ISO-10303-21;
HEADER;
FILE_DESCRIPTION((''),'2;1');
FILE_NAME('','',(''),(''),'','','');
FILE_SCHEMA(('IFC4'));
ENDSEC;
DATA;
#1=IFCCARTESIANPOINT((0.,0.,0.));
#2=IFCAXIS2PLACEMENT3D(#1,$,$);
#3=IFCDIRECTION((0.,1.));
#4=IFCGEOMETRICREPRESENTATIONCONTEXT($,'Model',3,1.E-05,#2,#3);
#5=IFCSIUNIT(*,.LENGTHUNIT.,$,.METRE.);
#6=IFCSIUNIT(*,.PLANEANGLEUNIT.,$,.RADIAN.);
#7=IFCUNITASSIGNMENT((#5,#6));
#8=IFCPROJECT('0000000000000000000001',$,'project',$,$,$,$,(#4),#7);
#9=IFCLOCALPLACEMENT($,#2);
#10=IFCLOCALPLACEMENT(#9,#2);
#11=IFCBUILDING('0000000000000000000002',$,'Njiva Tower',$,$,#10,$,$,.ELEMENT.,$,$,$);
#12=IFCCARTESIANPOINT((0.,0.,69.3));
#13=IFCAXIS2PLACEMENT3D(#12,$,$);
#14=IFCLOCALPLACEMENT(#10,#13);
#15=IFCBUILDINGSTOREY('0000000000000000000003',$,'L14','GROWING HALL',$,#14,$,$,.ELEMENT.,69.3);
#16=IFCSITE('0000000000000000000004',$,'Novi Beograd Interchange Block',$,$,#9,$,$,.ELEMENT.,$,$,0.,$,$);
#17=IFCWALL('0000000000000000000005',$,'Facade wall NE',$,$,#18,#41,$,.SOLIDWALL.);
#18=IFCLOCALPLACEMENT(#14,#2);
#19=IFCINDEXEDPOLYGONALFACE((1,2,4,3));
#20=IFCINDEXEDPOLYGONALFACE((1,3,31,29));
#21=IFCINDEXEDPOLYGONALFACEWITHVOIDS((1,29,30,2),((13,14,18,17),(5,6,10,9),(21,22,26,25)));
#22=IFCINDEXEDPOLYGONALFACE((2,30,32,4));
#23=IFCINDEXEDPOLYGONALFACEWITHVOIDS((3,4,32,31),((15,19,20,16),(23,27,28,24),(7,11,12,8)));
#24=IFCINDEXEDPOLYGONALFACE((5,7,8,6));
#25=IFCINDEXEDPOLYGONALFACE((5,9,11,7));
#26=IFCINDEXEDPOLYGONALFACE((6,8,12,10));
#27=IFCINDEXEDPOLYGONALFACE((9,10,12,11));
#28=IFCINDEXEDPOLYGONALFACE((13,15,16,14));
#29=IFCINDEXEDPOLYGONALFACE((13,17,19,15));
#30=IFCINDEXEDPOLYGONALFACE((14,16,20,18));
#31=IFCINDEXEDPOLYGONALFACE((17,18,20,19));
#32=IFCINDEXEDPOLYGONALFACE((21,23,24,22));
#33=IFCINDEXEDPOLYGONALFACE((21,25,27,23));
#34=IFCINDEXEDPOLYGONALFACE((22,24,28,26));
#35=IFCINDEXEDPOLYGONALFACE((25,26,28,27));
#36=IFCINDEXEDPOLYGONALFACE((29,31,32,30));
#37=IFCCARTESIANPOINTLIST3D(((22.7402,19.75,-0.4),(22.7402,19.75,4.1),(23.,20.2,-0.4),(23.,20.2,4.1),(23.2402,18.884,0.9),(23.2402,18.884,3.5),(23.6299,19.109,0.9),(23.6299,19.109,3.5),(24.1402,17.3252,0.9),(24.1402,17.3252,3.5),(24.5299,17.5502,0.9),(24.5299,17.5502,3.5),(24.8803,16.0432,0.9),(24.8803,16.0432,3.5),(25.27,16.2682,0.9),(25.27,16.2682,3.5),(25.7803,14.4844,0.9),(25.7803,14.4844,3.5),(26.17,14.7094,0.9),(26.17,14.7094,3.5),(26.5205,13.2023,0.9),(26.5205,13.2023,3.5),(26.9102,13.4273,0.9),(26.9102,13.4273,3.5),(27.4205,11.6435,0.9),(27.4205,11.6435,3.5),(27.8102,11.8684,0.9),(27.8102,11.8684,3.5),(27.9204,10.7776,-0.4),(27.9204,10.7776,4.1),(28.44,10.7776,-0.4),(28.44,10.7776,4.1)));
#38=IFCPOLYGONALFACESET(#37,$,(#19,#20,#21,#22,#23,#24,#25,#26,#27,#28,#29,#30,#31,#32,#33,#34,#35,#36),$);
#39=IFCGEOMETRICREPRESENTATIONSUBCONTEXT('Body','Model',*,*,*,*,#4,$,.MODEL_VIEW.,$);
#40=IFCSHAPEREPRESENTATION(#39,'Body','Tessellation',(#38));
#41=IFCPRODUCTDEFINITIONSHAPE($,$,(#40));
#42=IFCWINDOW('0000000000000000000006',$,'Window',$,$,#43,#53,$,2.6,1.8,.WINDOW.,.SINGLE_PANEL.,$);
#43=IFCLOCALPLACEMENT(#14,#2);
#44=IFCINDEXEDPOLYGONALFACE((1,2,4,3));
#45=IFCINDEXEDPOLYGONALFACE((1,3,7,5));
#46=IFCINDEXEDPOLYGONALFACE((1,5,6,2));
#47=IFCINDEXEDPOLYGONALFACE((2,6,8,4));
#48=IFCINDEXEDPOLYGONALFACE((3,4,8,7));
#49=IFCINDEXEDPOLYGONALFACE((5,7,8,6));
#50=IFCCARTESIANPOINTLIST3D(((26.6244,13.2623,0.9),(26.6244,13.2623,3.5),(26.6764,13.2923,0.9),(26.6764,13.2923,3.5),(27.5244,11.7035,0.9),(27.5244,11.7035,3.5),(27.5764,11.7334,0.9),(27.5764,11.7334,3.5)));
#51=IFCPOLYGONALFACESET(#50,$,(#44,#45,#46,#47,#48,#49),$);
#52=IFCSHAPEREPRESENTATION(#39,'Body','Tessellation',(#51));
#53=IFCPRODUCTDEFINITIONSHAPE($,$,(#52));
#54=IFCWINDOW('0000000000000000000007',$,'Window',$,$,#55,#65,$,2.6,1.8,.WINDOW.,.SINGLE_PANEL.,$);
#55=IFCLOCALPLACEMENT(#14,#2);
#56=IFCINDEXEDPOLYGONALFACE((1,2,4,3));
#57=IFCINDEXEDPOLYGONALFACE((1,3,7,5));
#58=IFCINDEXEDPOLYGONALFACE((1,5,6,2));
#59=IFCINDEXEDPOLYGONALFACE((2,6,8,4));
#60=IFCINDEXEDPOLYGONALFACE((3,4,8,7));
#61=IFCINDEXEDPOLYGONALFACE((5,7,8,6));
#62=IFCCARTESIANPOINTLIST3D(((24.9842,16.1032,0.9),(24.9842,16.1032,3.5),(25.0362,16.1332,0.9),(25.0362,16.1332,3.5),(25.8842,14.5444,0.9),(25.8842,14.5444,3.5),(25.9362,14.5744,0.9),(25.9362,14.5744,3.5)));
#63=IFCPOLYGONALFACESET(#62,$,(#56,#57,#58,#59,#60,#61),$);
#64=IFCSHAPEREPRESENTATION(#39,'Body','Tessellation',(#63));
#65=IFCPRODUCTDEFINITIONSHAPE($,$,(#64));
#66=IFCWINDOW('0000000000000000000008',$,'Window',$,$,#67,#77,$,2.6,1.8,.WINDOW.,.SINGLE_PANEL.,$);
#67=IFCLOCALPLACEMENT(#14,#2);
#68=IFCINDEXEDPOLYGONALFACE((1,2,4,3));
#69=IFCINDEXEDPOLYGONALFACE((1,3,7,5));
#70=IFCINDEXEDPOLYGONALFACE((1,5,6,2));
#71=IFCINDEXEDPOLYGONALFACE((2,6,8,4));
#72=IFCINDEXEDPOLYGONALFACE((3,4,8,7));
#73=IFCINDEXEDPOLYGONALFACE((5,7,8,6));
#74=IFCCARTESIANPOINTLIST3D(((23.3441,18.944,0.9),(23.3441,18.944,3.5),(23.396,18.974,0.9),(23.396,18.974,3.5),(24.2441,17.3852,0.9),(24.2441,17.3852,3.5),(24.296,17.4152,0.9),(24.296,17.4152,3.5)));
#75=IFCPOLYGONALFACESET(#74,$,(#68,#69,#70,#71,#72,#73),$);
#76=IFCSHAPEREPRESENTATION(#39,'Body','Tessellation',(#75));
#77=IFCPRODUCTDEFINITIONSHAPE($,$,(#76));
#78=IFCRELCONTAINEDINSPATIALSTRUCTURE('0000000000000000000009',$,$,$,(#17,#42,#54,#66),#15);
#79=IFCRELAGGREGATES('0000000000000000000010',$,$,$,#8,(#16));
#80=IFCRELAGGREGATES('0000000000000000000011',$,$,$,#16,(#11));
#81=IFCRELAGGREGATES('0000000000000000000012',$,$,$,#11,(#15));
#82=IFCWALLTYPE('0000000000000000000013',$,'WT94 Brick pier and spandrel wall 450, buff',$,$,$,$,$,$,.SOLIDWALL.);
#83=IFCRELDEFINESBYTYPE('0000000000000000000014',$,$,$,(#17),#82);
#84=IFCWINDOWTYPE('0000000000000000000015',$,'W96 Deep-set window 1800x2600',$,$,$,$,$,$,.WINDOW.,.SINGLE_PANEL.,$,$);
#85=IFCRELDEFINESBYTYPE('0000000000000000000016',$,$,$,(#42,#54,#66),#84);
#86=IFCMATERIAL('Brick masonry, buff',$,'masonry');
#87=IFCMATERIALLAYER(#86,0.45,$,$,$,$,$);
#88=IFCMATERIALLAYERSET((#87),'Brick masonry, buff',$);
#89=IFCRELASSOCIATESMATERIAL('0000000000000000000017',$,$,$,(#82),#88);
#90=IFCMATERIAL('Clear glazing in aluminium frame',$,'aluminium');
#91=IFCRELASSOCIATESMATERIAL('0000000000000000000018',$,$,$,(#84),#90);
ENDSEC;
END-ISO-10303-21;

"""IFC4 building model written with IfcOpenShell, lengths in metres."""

from ifc_helpers import new_model, si_unit, direction, frame, frame_2d, origin, place, context, subcontext, project, spatial, polyline, rectangle, outline, extrude, material, layer, layer_set, type_object, element, fill, save


model = new_model("IFC4")

# Units and contexts
model_context = context("Model", 3, precision=1e-05, world=origin(), true_north=direction((0.0, 1.0)))
body_context = subcontext(model_context, "Body", "Model", "MODEL_VIEW")
ifc_project = project(units=[si_unit("LENGTHUNIT", "METRE"), si_unit("PLANEANGLEUNIT", "RADIAN")], contexts=[model_context])

# Site, building, storey
site_placement = place(None, origin())
site = spatial("IfcSite", under=ifc_project, at=site_placement, Name="Novi Beograd Interchange Block", CompositionType="ELEMENT", RefElevation=0.0)
building_placement = place(site_placement, origin())
building = spatial("IfcBuilding", under=site, at=building_placement, Name="Njiva Tower", CompositionType="ELEMENT")
storey_placement = place(building_placement, frame((0.0, 0.0, 69.3)))
storey = spatial("IfcBuildingStorey", under=building, at=storey_placement, Name="L14", Description="GROWING HALL", CompositionType="ELEMENT", Elevation=69.3)

# Wall, openings, windows
ifc_material_1 = material(Name="Brick masonry, buff", Category="masonry")
ifc_layer_1 = layer(ifc_material_1, 0.45)
ifc_layer_set_1 = layer_set([ifc_layer_1], Name="Brick masonry, buff")
wall_type_1 = type_object("IfcWallType", Name="WT94 Brick pier and spandrel wall 450, buff", PredefinedType="SOLIDWALL", material=ifc_layer_set_1)
wall_1_placement = place(storey_placement, frame((28.1802, 10.7776, -0.4), z_axis=(0.0, 0.0, 1.0), x_axis=(-0.499998, 0.866026, 0.0)))
wall_1 = element("IfcWall", 1, at=wall_1_placement, inside=storey, type_object=wall_type_1, Name="Facade wall NE", PredefinedType="SOLIDWALL", context=body_context, shape_type="SweptSolid", body=[
    extrude(outline(polyline([(-0.1299, -0.225), (10.7501, -0.225), (10.4903, 0.225), (0.1299, 0.225), (-0.1299, -0.225)])), origin(), (0.0, 0.0, 1.0), 4.5),
])
opening_1_placement = place(wall_1_placement, frame((1.1297, 0.0, 1.3)))
opening_1 = element("IfcOpeningElement", 2, at=opening_1_placement, cuts=wall_1, PredefinedType="OPENING", context=body_context, shape_type="SweptSolid", body=[
    extrude(rectangle(XDim=1.8, YDim=2.6, at=frame_2d((0.9, 1.3))), frame((0.0, 0.235, 0.0), z_axis=(0.0, -1.0, 0.0), x_axis=(1.0, 0.0, 0.0)), (0.0, 0.0, 1.0), 0.47),
])
opening_2_placement = place(wall_1_placement, frame((4.4101, 0.0, 1.3)))
opening_2 = element("IfcOpeningElement", 3, at=opening_2_placement, cuts=wall_1, PredefinedType="OPENING", context=body_context, shape_type="SweptSolid", body=[
    extrude(rectangle(XDim=1.8, YDim=2.6, at=frame_2d((0.9, 1.3))), frame((0.0, 0.235, 0.0), z_axis=(0.0, -1.0, 0.0), x_axis=(1.0, 0.0, 0.0)), (0.0, 0.0, 1.0), 0.47),
])
opening_3_placement = place(wall_1_placement, frame((7.6904, 0.0, 1.3)))
opening_3 = element("IfcOpeningElement", 4, at=opening_3_placement, cuts=wall_1, PredefinedType="OPENING", context=body_context, shape_type="SweptSolid", body=[
    extrude(rectangle(XDim=1.8, YDim=2.6, at=frame_2d((0.9, 1.3))), frame((0.0, 0.235, 0.0), z_axis=(0.0, -1.0, 0.0), x_axis=(1.0, 0.0, 0.0)), (0.0, 0.0, 1.0), 0.47),
])
ifc_material_2 = material(Name="Clear glazing in aluminium frame", Category="aluminium")
window_type = type_object("IfcWindowType", Name="W96 Deep-set window 1800x2600", PartitioningType="SINGLE_PANEL", PredefinedType="WINDOW", material=ifc_material_2)
window_1_placement = place(opening_1_placement, origin())
window_1 = element("IfcWindow", 5, at=window_1_placement, inside=storey, type_object=window_type, Name="Window", OverallHeight=2.6, OverallWidth=1.8, PartitioningType="SINGLE_PANEL", PredefinedType="WINDOW", context=body_context, shape_type="SweptSolid", body=[
    extrude(rectangle(XDim=1.8, YDim=2.6, at=frame_2d((0.9, 1.3))), frame((0.0, 0.105, 0.0), z_axis=(0.0, -1.0, 0.0), x_axis=(1.0, 0.0, 0.0)), (0.0, 0.0, 1.0), 0.06),
])
fill(opening_1, window_1)
window_2_placement = place(opening_2_placement, origin())
window_2 = element("IfcWindow", 6, at=window_2_placement, inside=storey, type_object=window_type, Name="Window", OverallHeight=2.6, OverallWidth=1.8, PartitioningType="SINGLE_PANEL", PredefinedType="WINDOW", context=body_context, shape_type="SweptSolid", body=[
    extrude(rectangle(XDim=1.8, YDim=2.6, at=frame_2d((0.9, 1.3))), frame((0.0, 0.105, 0.0), z_axis=(0.0, -1.0, 0.0), x_axis=(1.0, 0.0, 0.0)), (0.0, 0.0, 1.0), 0.06),
])
fill(opening_2, window_2)
window_3_placement = place(opening_3_placement, origin())
window_3 = element("IfcWindow", 7, at=window_3_placement, inside=storey, type_object=window_type, Name="Window", OverallHeight=2.6, OverallWidth=1.8, PartitioningType="SINGLE_PANEL", PredefinedType="WINDOW", context=body_context, shape_type="SweptSolid", body=[
    extrude(rectangle(XDim=1.8, YDim=2.6, at=frame_2d((0.9, 1.3))), frame((0.0, 0.105, 0.0), z_axis=(0.0, -1.0, 0.0), x_axis=(1.0, 0.0, 0.0)), (0.0, 0.0, 1.0), 0.06),
])
fill(opening_3, window_3)

save(model, "model.ifc")
